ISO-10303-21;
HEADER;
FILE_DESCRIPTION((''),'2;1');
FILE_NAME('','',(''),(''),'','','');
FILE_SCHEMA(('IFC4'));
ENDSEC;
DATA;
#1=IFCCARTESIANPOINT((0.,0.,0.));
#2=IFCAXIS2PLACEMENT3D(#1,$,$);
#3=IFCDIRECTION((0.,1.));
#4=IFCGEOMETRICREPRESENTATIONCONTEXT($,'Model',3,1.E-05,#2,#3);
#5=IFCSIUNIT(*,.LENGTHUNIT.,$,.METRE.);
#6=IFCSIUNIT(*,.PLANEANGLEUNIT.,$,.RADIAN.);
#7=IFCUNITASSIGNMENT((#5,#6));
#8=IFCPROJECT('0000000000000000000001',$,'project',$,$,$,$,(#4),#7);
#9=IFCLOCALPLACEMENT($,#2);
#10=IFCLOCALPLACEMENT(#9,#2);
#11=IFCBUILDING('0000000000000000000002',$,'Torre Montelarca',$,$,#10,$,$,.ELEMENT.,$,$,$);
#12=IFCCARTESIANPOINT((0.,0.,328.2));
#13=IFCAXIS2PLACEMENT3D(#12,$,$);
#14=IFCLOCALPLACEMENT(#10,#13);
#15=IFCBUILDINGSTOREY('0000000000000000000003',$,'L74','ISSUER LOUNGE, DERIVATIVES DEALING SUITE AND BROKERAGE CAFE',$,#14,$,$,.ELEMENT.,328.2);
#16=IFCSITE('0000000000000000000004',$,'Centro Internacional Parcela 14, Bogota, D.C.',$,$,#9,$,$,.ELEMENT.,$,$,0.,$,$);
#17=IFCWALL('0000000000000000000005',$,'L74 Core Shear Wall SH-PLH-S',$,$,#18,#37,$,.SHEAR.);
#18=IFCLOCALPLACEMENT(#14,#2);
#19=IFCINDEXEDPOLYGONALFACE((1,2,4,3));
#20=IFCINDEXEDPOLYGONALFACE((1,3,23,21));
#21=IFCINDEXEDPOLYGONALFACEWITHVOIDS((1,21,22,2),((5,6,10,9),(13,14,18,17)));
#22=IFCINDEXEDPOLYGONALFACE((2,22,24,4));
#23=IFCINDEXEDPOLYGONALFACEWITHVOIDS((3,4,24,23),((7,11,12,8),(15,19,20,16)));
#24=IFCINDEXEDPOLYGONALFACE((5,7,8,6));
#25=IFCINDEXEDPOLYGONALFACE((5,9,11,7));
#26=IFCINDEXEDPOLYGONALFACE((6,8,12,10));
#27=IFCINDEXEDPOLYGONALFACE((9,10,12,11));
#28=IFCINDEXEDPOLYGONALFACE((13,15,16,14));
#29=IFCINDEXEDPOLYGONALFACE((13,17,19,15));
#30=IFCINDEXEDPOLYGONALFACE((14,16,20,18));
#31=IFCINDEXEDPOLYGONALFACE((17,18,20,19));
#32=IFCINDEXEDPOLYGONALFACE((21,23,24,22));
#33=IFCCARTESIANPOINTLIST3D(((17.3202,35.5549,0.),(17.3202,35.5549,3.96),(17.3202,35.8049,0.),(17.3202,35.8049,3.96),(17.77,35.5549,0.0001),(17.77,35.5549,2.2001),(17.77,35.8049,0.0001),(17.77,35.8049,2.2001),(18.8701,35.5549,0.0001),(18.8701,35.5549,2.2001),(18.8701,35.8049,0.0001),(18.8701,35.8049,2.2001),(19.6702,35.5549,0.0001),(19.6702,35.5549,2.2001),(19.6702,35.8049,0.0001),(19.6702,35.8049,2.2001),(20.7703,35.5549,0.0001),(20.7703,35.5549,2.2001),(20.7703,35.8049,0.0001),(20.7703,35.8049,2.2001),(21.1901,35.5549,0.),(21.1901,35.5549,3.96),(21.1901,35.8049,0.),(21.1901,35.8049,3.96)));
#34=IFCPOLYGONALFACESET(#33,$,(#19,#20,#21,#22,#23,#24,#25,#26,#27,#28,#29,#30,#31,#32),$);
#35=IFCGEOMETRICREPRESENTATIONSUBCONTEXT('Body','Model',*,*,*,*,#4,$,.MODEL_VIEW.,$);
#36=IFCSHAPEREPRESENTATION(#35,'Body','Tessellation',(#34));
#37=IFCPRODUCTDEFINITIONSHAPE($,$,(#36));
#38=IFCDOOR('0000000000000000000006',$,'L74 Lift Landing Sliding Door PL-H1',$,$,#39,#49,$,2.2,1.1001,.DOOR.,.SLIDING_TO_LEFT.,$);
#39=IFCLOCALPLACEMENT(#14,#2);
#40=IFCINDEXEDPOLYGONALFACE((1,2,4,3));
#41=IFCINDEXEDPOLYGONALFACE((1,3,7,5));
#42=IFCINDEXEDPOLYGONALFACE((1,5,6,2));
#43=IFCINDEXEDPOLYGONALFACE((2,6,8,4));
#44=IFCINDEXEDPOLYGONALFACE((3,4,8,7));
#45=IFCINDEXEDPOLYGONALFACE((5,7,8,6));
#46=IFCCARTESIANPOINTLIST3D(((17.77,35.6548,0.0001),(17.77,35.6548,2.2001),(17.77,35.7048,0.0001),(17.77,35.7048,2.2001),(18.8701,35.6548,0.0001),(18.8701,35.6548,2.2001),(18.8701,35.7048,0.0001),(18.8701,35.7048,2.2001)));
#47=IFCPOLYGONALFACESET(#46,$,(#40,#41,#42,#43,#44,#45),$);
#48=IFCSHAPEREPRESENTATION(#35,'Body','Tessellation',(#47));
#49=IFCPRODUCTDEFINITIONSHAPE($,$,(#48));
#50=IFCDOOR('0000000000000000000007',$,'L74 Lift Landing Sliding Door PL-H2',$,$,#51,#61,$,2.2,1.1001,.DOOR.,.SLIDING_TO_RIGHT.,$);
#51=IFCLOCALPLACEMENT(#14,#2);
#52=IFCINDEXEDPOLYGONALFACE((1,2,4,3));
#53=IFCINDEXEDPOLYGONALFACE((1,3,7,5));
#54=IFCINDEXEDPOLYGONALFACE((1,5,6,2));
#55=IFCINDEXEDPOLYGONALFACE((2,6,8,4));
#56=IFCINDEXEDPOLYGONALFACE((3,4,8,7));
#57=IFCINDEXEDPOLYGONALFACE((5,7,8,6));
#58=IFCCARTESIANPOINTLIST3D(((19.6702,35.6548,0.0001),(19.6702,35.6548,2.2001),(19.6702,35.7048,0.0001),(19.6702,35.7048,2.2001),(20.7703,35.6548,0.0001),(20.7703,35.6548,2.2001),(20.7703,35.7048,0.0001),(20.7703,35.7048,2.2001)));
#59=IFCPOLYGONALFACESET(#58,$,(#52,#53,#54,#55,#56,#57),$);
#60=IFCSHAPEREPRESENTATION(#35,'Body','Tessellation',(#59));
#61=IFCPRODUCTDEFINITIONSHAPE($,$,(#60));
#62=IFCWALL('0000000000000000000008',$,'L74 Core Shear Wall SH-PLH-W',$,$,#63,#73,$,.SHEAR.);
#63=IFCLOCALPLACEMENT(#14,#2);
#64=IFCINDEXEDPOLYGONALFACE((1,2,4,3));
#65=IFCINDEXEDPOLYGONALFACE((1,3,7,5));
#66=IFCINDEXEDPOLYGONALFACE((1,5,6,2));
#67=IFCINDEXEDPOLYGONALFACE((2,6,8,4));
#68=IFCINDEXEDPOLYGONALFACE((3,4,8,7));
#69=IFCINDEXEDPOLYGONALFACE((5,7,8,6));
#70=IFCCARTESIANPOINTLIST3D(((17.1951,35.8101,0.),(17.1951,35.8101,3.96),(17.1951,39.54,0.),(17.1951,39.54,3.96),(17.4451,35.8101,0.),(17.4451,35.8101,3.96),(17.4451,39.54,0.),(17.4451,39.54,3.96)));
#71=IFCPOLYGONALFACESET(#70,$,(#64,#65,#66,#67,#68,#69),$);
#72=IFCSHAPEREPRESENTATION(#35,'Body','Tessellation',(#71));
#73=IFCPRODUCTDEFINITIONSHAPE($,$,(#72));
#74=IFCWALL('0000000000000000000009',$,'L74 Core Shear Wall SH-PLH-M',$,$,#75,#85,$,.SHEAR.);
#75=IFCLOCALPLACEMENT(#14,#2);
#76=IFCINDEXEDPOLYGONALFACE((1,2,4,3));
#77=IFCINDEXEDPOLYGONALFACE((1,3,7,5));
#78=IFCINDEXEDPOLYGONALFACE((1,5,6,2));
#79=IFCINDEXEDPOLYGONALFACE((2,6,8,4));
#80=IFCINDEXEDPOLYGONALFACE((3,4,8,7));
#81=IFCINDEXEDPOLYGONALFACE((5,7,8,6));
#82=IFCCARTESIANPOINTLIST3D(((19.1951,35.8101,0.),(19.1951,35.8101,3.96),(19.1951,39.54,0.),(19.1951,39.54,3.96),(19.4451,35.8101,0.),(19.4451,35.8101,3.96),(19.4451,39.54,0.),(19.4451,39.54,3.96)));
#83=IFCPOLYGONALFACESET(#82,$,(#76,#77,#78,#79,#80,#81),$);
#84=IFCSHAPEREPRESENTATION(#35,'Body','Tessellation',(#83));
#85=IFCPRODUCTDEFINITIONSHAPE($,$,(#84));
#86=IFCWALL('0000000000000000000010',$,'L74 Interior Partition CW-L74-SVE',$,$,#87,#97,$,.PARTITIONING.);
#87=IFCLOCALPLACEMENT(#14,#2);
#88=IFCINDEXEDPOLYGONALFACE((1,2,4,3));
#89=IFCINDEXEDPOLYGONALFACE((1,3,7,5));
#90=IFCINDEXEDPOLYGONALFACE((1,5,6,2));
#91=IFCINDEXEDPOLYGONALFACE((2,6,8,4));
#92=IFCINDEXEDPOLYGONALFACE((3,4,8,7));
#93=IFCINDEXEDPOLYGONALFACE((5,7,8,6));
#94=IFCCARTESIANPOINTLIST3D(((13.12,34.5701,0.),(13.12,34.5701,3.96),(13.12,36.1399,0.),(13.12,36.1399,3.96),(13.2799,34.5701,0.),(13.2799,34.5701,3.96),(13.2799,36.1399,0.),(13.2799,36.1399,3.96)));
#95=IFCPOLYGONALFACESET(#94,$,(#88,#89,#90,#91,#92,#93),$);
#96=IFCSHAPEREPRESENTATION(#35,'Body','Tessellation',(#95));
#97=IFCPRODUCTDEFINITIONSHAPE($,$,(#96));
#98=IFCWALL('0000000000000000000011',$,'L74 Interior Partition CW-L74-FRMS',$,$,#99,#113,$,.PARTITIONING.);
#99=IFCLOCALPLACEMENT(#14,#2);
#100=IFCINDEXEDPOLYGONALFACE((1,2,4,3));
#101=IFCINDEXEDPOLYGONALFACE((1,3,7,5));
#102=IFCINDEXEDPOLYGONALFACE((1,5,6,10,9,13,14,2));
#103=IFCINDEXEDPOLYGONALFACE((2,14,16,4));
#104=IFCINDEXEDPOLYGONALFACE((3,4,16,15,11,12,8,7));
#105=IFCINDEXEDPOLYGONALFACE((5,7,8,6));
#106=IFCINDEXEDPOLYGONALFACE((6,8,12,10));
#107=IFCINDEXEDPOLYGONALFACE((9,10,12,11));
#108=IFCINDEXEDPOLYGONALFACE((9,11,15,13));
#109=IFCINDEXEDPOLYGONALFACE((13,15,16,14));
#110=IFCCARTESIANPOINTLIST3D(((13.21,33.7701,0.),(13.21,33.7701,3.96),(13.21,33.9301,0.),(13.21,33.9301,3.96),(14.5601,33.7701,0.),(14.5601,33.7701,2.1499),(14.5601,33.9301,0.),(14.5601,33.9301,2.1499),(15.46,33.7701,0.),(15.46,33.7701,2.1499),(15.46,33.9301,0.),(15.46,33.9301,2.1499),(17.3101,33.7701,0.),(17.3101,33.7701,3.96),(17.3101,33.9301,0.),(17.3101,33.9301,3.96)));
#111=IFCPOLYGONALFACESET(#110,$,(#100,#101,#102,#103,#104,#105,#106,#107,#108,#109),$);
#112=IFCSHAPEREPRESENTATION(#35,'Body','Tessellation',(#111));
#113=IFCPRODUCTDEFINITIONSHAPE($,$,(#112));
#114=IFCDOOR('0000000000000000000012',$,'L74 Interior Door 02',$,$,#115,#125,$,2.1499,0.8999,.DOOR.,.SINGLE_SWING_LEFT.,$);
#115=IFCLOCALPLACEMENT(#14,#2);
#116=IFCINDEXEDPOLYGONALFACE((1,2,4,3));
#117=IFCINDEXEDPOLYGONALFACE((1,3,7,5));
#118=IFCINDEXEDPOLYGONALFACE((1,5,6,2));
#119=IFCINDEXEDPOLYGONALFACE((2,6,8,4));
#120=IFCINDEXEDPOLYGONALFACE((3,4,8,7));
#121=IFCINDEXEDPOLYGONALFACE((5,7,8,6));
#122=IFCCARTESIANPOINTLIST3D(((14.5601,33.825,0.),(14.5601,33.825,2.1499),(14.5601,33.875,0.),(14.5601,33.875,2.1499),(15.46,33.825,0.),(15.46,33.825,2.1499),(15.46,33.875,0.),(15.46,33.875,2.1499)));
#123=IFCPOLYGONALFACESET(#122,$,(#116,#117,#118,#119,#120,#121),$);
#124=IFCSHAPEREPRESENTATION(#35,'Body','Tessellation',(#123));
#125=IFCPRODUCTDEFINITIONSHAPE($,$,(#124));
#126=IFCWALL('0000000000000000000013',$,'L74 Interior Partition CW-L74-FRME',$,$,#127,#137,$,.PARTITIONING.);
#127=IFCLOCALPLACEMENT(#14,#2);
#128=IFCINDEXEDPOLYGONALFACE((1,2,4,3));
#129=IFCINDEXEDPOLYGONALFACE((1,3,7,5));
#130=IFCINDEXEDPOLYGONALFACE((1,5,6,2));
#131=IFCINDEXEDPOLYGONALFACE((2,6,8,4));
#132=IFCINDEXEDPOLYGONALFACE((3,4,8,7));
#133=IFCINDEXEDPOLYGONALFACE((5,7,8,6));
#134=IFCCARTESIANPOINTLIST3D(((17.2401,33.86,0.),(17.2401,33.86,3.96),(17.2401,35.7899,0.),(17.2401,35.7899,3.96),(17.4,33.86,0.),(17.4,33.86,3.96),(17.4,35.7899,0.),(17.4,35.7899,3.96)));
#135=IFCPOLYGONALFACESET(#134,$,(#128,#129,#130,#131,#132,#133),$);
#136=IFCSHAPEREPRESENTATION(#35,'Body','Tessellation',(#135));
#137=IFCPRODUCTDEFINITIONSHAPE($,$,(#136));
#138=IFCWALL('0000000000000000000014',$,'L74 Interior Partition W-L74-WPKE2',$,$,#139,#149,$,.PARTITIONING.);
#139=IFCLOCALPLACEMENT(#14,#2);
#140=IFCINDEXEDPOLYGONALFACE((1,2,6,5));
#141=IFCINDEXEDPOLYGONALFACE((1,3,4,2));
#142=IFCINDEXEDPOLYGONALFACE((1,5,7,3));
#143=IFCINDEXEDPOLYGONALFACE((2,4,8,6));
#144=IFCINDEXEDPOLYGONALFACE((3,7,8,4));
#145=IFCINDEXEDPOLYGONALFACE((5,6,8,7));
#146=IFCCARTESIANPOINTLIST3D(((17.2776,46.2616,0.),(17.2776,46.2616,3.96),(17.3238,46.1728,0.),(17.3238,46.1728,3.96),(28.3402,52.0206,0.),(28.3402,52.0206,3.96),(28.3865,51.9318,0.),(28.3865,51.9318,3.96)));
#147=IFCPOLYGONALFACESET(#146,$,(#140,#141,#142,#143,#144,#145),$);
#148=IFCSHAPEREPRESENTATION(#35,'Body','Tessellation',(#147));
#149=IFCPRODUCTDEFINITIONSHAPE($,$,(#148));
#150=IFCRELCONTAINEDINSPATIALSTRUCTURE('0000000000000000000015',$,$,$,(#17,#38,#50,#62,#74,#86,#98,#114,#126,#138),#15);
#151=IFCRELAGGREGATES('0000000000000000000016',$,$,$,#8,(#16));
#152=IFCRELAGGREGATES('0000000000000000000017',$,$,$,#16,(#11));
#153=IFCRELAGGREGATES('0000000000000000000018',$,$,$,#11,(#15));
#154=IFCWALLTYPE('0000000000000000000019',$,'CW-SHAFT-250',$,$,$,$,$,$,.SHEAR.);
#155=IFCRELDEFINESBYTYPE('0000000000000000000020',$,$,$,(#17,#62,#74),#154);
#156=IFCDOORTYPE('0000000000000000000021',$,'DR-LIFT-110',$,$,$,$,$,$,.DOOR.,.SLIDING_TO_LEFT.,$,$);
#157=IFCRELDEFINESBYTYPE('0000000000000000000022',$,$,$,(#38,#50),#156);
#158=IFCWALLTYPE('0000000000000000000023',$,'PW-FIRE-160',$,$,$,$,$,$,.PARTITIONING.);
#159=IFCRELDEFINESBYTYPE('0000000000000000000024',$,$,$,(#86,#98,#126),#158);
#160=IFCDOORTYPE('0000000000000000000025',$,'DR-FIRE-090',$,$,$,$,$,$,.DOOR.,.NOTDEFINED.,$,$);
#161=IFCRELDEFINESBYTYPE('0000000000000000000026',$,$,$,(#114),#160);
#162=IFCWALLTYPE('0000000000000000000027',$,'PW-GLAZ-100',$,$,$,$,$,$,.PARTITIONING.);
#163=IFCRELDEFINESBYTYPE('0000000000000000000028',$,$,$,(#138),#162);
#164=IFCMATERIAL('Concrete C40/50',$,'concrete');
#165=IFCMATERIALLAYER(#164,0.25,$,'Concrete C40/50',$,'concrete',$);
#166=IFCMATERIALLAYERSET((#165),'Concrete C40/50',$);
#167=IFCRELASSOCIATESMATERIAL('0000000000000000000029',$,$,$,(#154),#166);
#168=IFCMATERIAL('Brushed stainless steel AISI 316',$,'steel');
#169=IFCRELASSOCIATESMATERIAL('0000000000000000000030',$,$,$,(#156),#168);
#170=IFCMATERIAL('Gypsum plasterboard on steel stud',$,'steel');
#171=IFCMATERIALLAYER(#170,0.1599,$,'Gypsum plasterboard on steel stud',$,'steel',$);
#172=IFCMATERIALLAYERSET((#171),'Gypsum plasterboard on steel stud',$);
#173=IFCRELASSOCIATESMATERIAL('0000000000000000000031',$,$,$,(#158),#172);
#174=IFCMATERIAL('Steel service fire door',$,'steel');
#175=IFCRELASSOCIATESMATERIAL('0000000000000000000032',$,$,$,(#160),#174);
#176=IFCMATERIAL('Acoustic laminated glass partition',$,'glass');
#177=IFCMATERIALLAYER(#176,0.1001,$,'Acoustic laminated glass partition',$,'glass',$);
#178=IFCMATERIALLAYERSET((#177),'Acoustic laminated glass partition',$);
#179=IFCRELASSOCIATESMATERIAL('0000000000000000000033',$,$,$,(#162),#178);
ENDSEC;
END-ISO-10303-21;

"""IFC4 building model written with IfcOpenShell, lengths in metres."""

from ifc_helpers import new_model, si_unit, direction, frame, frame_2d, origin, place, context, subcontext, project, spatial, rectangle, extrude, source, transform, mapped, material, layer, layer_set, type_object, element, fill, save


model = new_model("IFC4")

# Units and contexts
model_context = context("Model", 3, precision=1e-05, world=origin(), true_north=direction((0.0, 1.0)))
body_context = subcontext(model_context, "Body", "Model", "MODEL_VIEW")
ifc_project = project(units=[si_unit("LENGTHUNIT", "METRE"), si_unit("PLANEANGLEUNIT", "RADIAN")], contexts=[model_context])

# Site, building, storey
site_placement = place(None, origin())
site = spatial("IfcSite", under=ifc_project, at=site_placement, Name="Centro Internacional Parcela 14, Bogota, D.C.", CompositionType="ELEMENT", RefElevation=0.0)
building_placement = place(site_placement, origin())
building = spatial("IfcBuilding", under=site, at=building_placement, Name="Torre Montelarca", CompositionType="ELEMENT")
storey_placement = place(building_placement, frame((0.0, 0.0, 328.2)))
storey = spatial("IfcBuildingStorey", under=building, at=storey_placement, Name="L74", Description="ISSUER LOUNGE, DERIVATIVES DEALING SUITE AND BROKERAGE CAFE", CompositionType="ELEMENT", Elevation=328.2)

# Shared definitions
ifc_material_1 = material(Name="Concrete C40/50", Category="concrete")

# Shared definitions
ifc_layer_1 = layer(ifc_material_1, 0.25, Name="Concrete C40/50", Category="concrete")
ifc_layer_set_1 = layer_set([ifc_layer_1], Name="Concrete C40/50")
wall_type_1 = type_object("IfcWallType", Name="CW-SHAFT-250", PredefinedType="SHEAR", material=ifc_layer_set_1)

# Shared definitions
ifc_material_2 = material(Name="Brushed stainless steel AISI 316", Category="steel")

# Wall, openings, doors
wall_1_placement = place(storey_placement, frame((17.3201, 35.6799, 0.0), z_axis=(0.0, 0.0, 1.0), x_axis=(1.0, 0.0, 0.0)))
wall_1 = element("IfcWall", 1, at=wall_1_placement, inside=storey, type_object=wall_type_1, Name="L74 Core Shear Wall SH-PLH-S", PredefinedType="SHEAR", context=body_context, shape_type="SweptSolid", body=[
    extrude(rectangle(XDim=3.8699, YDim=0.25, at=frame_2d((1.9351, 0.0))), origin(), (0.0, 0.0, 1.0), 3.96),
])
opening_1_placement = place(wall_1_placement, frame((0.45, 0.0, 0.0)))
opening_1 = element("IfcOpeningElement", 2, at=opening_1_placement, cuts=wall_1, PredefinedType="OPENING", context=body_context, shape_type="SweptSolid", body=[
    extrude(rectangle(XDim=1.1001, YDim=2.2, at=frame_2d((0.55, 1.1001))), frame((0.0, 0.135, 0.0), z_axis=(0.0, -1.0, 0.0), x_axis=(1.0, 0.0, 0.0)), (0.0, 0.0, 1.0), 0.27),
])
opening_2_placement = place(wall_1_placement, frame((2.3501, 0.0, 0.0)))
opening_2 = element("IfcOpeningElement", 3, at=opening_2_placement, cuts=wall_1, PredefinedType="OPENING", context=body_context, shape_type="SweptSolid", body=[
    extrude(rectangle(XDim=1.1001, YDim=2.2, at=frame_2d((0.55, 1.1001))), frame((0.0, 0.135, 0.0), z_axis=(0.0, -1.0, 0.0), x_axis=(1.0, 0.0, 0.0)), (0.0, 0.0, 1.0), 0.27),
])
door_type_1 = type_object("IfcDoorType", Name="DR-LIFT-110", OperationType="SLIDING_TO_LEFT", PredefinedType="DOOR", material=ifc_material_2)
shared_shape_1 = source(origin(), body_context, "Body", "SweptSolid", [
    extrude(rectangle(XDim=1.1001, YDim=2.2, at=frame_2d((0.55, 1.1001))), frame((0.0, 0.0249, 0.0), z_axis=(0.0, -1.0, 0.0), x_axis=(1.0, 0.0, 0.0)), (0.0, 0.0, 1.0), 0.05),
])
door_1_placement = place(opening_1_placement, origin())
door_1 = element("IfcDoor", 4, at=door_1_placement, inside=storey, type_object=door_type_1, Name="L74 Lift Landing Sliding Door PL-H1", OperationType="SLIDING_TO_LEFT", OverallHeight=2.2, OverallWidth=1.1001, PredefinedType="DOOR", context=body_context, shape_type="MappedRepresentation", body=[
    mapped(shared_shape_1, transform((0.0, 0.0, 0.0), scale=1.0)),
])
fill(opening_1, door_1)
door_2_placement = place(opening_2_placement, origin())
door_2 = element("IfcDoor", 5, at=door_2_placement, inside=storey, type_object=door_type_1, Name="L74 Lift Landing Sliding Door PL-H2", OperationType="SLIDING_TO_RIGHT", OverallHeight=2.2, OverallWidth=1.1001, PredefinedType="DOOR", context=body_context, shape_type="MappedRepresentation", body=[
    mapped(shared_shape_1, transform((0.0, 0.0, 0.0), scale=1.0)),
])
fill(opening_2, door_2)

# Walls
for number, where, z_axis, x_axis, name in (
    (6, (17.3201, 35.8101, 0.0), (0.0, 0.0, 1.0), (0.0, 1.0, 0.0), "L74 Core Shear Wall SH-PLH-W"),
    (7, (19.3201, 35.8101, 0.0), (0.0, 0.0, 1.0), (0.0, 1.0, 0.0), "L74 Core Shear Wall SH-PLH-M"),
):
    element("IfcWall", number, at=place(storey_placement, frame(where, z_axis=z_axis, x_axis=x_axis)), inside=storey, type_object=wall_type_1, Name=name, PredefinedType="SHEAR", context=body_context, shape_type="SweptSolid", body=[
        extrude(rectangle(XDim=3.73, YDim=0.25, at=frame_2d((1.865, 0.0))), origin(), (0.0, 0.0, 1.0), 3.96),
    ])
ifc_material_3 = material(Name="Gypsum plasterboard on steel stud", Category="steel")
ifc_layer_2 = layer(ifc_material_3, 0.1599, Name="Gypsum plasterboard on steel stud", Category="steel")
ifc_layer_set_2 = layer_set([ifc_layer_2], Name="Gypsum plasterboard on steel stud")
wall_type_2 = type_object("IfcWallType", Name="PW-FIRE-160", PredefinedType="PARTITIONING", material=ifc_layer_set_2)
wall_2_placement = place(storey_placement, frame((13.2, 34.5701, 0.0), z_axis=(0.0, 0.0, 1.0), x_axis=(0.0, 1.0, 0.0)))
element("IfcWall", 8, at=wall_2_placement, inside=storey, type_object=wall_type_2, Name="L74 Interior Partition CW-L74-SVE", PredefinedType="PARTITIONING", context=body_context, shape_type="SweptSolid", body=[
    extrude(rectangle(XDim=1.5698, YDim=0.1599, at=frame_2d((0.7849, 0.0))), origin(), (0.0, 0.0, 1.0), 3.96),
])

# Wall, opening, door
wall_3_placement = place(storey_placement, frame((13.21, 33.8501, 0.0), z_axis=(0.0, 0.0, 1.0), x_axis=(1.0, 0.0, 0.0)))
wall_3 = element("IfcWall", 9, at=wall_3_placement, inside=storey, type_object=wall_type_2, Name="L74 Interior Partition CW-L74-FRMS", PredefinedType="PARTITIONING", context=body_context, shape_type="SweptSolid", body=[
    extrude(rectangle(XDim=4.1001, YDim=0.1599, at=frame_2d((2.05, 0.0))), origin(), (0.0, 0.0, 1.0), 3.96),
])
opening_3_placement = place(wall_3_placement, frame((1.3501, 0.0, 0.0)))
opening_3 = element("IfcOpeningElement", 10, at=opening_3_placement, cuts=wall_3, PredefinedType="OPENING", context=body_context, shape_type="SweptSolid", body=[
    extrude(rectangle(XDim=0.8999, YDim=2.1499, at=frame_2d((0.45, 1.075))), frame((0.0, 0.0898, 0.0), z_axis=(0.0, -1.0, 0.0), x_axis=(1.0, 0.0, 0.0)), (0.0, 0.0, 1.0), 0.1799),
])
ifc_material_4 = material(Name="Steel service fire door", Category="steel")
door_type_2 = type_object("IfcDoorType", Name="DR-FIRE-090", OperationType="NOTDEFINED", PredefinedType="DOOR", material=ifc_material_4)
shared_shape_2 = source(origin(), body_context, "Body", "SweptSolid", [
    extrude(rectangle(XDim=0.8999, YDim=2.1499, at=frame_2d((0.45, 1.075))), frame((0.0, 0.0249, 0.0), z_axis=(0.0, -1.0, 0.0), x_axis=(1.0, 0.0, 0.0)), (0.0, 0.0, 1.0), 0.05),
])
door_3_placement = place(opening_3_placement, origin())
door_3 = element("IfcDoor", 11, at=door_3_placement, inside=storey, type_object=door_type_2, Name="L74 Interior Door 02", OperationType="SINGLE_SWING_LEFT", OverallHeight=2.1499, OverallWidth=0.8999, PredefinedType="DOOR", context=body_context, shape_type="MappedRepresentation", body=[
    mapped(shared_shape_2, transform((0.0, 0.0, 0.0), scale=1.0)),
])
fill(opening_3, door_3)

# Walls
wall_4_placement = place(storey_placement, frame((17.3201, 33.8601, 0.0), z_axis=(0.0, 0.0, 1.0), x_axis=(0.0, 1.0, 0.0)))
element("IfcWall", 12, at=wall_4_placement, inside=storey, type_object=wall_type_2, Name="L74 Interior Partition CW-L74-FRME", PredefinedType="PARTITIONING", context=body_context, shape_type="SweptSolid", body=[
    extrude(rectangle(XDim=1.9299, YDim=0.1599, at=frame_2d((0.9648, 0.0))), origin(), (0.0, 0.0, 1.0), 3.96),
])
ifc_material_5 = material(Name="Acoustic laminated glass partition", Category="glass")
ifc_layer_3 = layer(ifc_material_5, 0.1001, Name="Acoustic laminated glass partition", Category="glass")
ifc_layer_set_3 = layer_set([ifc_layer_3], Name="Acoustic laminated glass partition")
wall_type_3 = type_object("IfcWallType", Name="PW-GLAZ-100", PredefinedType="PARTITIONING", material=ifc_layer_set_3)
wall_5_placement = place(storey_placement, frame((17.3008, 46.2173, 0.0), z_axis=(0.0, 0.0, 1.0), x_axis=(0.887006, 0.461757, 0.0)))
element("IfcWall", 13, at=wall_5_placement, inside=storey, type_object=wall_type_3, Name="L74 Interior Partition W-L74-WPKE2", PredefinedType="PARTITIONING", context=body_context, shape_type="SweptSolid", body=[
    extrude(rectangle(XDim=12.4719, YDim=0.1001, at=frame_2d((6.2358, 0.0))), origin(), (0.0, 0.0, 1.0), 3.96),
])

save(model, "model.ifc")
